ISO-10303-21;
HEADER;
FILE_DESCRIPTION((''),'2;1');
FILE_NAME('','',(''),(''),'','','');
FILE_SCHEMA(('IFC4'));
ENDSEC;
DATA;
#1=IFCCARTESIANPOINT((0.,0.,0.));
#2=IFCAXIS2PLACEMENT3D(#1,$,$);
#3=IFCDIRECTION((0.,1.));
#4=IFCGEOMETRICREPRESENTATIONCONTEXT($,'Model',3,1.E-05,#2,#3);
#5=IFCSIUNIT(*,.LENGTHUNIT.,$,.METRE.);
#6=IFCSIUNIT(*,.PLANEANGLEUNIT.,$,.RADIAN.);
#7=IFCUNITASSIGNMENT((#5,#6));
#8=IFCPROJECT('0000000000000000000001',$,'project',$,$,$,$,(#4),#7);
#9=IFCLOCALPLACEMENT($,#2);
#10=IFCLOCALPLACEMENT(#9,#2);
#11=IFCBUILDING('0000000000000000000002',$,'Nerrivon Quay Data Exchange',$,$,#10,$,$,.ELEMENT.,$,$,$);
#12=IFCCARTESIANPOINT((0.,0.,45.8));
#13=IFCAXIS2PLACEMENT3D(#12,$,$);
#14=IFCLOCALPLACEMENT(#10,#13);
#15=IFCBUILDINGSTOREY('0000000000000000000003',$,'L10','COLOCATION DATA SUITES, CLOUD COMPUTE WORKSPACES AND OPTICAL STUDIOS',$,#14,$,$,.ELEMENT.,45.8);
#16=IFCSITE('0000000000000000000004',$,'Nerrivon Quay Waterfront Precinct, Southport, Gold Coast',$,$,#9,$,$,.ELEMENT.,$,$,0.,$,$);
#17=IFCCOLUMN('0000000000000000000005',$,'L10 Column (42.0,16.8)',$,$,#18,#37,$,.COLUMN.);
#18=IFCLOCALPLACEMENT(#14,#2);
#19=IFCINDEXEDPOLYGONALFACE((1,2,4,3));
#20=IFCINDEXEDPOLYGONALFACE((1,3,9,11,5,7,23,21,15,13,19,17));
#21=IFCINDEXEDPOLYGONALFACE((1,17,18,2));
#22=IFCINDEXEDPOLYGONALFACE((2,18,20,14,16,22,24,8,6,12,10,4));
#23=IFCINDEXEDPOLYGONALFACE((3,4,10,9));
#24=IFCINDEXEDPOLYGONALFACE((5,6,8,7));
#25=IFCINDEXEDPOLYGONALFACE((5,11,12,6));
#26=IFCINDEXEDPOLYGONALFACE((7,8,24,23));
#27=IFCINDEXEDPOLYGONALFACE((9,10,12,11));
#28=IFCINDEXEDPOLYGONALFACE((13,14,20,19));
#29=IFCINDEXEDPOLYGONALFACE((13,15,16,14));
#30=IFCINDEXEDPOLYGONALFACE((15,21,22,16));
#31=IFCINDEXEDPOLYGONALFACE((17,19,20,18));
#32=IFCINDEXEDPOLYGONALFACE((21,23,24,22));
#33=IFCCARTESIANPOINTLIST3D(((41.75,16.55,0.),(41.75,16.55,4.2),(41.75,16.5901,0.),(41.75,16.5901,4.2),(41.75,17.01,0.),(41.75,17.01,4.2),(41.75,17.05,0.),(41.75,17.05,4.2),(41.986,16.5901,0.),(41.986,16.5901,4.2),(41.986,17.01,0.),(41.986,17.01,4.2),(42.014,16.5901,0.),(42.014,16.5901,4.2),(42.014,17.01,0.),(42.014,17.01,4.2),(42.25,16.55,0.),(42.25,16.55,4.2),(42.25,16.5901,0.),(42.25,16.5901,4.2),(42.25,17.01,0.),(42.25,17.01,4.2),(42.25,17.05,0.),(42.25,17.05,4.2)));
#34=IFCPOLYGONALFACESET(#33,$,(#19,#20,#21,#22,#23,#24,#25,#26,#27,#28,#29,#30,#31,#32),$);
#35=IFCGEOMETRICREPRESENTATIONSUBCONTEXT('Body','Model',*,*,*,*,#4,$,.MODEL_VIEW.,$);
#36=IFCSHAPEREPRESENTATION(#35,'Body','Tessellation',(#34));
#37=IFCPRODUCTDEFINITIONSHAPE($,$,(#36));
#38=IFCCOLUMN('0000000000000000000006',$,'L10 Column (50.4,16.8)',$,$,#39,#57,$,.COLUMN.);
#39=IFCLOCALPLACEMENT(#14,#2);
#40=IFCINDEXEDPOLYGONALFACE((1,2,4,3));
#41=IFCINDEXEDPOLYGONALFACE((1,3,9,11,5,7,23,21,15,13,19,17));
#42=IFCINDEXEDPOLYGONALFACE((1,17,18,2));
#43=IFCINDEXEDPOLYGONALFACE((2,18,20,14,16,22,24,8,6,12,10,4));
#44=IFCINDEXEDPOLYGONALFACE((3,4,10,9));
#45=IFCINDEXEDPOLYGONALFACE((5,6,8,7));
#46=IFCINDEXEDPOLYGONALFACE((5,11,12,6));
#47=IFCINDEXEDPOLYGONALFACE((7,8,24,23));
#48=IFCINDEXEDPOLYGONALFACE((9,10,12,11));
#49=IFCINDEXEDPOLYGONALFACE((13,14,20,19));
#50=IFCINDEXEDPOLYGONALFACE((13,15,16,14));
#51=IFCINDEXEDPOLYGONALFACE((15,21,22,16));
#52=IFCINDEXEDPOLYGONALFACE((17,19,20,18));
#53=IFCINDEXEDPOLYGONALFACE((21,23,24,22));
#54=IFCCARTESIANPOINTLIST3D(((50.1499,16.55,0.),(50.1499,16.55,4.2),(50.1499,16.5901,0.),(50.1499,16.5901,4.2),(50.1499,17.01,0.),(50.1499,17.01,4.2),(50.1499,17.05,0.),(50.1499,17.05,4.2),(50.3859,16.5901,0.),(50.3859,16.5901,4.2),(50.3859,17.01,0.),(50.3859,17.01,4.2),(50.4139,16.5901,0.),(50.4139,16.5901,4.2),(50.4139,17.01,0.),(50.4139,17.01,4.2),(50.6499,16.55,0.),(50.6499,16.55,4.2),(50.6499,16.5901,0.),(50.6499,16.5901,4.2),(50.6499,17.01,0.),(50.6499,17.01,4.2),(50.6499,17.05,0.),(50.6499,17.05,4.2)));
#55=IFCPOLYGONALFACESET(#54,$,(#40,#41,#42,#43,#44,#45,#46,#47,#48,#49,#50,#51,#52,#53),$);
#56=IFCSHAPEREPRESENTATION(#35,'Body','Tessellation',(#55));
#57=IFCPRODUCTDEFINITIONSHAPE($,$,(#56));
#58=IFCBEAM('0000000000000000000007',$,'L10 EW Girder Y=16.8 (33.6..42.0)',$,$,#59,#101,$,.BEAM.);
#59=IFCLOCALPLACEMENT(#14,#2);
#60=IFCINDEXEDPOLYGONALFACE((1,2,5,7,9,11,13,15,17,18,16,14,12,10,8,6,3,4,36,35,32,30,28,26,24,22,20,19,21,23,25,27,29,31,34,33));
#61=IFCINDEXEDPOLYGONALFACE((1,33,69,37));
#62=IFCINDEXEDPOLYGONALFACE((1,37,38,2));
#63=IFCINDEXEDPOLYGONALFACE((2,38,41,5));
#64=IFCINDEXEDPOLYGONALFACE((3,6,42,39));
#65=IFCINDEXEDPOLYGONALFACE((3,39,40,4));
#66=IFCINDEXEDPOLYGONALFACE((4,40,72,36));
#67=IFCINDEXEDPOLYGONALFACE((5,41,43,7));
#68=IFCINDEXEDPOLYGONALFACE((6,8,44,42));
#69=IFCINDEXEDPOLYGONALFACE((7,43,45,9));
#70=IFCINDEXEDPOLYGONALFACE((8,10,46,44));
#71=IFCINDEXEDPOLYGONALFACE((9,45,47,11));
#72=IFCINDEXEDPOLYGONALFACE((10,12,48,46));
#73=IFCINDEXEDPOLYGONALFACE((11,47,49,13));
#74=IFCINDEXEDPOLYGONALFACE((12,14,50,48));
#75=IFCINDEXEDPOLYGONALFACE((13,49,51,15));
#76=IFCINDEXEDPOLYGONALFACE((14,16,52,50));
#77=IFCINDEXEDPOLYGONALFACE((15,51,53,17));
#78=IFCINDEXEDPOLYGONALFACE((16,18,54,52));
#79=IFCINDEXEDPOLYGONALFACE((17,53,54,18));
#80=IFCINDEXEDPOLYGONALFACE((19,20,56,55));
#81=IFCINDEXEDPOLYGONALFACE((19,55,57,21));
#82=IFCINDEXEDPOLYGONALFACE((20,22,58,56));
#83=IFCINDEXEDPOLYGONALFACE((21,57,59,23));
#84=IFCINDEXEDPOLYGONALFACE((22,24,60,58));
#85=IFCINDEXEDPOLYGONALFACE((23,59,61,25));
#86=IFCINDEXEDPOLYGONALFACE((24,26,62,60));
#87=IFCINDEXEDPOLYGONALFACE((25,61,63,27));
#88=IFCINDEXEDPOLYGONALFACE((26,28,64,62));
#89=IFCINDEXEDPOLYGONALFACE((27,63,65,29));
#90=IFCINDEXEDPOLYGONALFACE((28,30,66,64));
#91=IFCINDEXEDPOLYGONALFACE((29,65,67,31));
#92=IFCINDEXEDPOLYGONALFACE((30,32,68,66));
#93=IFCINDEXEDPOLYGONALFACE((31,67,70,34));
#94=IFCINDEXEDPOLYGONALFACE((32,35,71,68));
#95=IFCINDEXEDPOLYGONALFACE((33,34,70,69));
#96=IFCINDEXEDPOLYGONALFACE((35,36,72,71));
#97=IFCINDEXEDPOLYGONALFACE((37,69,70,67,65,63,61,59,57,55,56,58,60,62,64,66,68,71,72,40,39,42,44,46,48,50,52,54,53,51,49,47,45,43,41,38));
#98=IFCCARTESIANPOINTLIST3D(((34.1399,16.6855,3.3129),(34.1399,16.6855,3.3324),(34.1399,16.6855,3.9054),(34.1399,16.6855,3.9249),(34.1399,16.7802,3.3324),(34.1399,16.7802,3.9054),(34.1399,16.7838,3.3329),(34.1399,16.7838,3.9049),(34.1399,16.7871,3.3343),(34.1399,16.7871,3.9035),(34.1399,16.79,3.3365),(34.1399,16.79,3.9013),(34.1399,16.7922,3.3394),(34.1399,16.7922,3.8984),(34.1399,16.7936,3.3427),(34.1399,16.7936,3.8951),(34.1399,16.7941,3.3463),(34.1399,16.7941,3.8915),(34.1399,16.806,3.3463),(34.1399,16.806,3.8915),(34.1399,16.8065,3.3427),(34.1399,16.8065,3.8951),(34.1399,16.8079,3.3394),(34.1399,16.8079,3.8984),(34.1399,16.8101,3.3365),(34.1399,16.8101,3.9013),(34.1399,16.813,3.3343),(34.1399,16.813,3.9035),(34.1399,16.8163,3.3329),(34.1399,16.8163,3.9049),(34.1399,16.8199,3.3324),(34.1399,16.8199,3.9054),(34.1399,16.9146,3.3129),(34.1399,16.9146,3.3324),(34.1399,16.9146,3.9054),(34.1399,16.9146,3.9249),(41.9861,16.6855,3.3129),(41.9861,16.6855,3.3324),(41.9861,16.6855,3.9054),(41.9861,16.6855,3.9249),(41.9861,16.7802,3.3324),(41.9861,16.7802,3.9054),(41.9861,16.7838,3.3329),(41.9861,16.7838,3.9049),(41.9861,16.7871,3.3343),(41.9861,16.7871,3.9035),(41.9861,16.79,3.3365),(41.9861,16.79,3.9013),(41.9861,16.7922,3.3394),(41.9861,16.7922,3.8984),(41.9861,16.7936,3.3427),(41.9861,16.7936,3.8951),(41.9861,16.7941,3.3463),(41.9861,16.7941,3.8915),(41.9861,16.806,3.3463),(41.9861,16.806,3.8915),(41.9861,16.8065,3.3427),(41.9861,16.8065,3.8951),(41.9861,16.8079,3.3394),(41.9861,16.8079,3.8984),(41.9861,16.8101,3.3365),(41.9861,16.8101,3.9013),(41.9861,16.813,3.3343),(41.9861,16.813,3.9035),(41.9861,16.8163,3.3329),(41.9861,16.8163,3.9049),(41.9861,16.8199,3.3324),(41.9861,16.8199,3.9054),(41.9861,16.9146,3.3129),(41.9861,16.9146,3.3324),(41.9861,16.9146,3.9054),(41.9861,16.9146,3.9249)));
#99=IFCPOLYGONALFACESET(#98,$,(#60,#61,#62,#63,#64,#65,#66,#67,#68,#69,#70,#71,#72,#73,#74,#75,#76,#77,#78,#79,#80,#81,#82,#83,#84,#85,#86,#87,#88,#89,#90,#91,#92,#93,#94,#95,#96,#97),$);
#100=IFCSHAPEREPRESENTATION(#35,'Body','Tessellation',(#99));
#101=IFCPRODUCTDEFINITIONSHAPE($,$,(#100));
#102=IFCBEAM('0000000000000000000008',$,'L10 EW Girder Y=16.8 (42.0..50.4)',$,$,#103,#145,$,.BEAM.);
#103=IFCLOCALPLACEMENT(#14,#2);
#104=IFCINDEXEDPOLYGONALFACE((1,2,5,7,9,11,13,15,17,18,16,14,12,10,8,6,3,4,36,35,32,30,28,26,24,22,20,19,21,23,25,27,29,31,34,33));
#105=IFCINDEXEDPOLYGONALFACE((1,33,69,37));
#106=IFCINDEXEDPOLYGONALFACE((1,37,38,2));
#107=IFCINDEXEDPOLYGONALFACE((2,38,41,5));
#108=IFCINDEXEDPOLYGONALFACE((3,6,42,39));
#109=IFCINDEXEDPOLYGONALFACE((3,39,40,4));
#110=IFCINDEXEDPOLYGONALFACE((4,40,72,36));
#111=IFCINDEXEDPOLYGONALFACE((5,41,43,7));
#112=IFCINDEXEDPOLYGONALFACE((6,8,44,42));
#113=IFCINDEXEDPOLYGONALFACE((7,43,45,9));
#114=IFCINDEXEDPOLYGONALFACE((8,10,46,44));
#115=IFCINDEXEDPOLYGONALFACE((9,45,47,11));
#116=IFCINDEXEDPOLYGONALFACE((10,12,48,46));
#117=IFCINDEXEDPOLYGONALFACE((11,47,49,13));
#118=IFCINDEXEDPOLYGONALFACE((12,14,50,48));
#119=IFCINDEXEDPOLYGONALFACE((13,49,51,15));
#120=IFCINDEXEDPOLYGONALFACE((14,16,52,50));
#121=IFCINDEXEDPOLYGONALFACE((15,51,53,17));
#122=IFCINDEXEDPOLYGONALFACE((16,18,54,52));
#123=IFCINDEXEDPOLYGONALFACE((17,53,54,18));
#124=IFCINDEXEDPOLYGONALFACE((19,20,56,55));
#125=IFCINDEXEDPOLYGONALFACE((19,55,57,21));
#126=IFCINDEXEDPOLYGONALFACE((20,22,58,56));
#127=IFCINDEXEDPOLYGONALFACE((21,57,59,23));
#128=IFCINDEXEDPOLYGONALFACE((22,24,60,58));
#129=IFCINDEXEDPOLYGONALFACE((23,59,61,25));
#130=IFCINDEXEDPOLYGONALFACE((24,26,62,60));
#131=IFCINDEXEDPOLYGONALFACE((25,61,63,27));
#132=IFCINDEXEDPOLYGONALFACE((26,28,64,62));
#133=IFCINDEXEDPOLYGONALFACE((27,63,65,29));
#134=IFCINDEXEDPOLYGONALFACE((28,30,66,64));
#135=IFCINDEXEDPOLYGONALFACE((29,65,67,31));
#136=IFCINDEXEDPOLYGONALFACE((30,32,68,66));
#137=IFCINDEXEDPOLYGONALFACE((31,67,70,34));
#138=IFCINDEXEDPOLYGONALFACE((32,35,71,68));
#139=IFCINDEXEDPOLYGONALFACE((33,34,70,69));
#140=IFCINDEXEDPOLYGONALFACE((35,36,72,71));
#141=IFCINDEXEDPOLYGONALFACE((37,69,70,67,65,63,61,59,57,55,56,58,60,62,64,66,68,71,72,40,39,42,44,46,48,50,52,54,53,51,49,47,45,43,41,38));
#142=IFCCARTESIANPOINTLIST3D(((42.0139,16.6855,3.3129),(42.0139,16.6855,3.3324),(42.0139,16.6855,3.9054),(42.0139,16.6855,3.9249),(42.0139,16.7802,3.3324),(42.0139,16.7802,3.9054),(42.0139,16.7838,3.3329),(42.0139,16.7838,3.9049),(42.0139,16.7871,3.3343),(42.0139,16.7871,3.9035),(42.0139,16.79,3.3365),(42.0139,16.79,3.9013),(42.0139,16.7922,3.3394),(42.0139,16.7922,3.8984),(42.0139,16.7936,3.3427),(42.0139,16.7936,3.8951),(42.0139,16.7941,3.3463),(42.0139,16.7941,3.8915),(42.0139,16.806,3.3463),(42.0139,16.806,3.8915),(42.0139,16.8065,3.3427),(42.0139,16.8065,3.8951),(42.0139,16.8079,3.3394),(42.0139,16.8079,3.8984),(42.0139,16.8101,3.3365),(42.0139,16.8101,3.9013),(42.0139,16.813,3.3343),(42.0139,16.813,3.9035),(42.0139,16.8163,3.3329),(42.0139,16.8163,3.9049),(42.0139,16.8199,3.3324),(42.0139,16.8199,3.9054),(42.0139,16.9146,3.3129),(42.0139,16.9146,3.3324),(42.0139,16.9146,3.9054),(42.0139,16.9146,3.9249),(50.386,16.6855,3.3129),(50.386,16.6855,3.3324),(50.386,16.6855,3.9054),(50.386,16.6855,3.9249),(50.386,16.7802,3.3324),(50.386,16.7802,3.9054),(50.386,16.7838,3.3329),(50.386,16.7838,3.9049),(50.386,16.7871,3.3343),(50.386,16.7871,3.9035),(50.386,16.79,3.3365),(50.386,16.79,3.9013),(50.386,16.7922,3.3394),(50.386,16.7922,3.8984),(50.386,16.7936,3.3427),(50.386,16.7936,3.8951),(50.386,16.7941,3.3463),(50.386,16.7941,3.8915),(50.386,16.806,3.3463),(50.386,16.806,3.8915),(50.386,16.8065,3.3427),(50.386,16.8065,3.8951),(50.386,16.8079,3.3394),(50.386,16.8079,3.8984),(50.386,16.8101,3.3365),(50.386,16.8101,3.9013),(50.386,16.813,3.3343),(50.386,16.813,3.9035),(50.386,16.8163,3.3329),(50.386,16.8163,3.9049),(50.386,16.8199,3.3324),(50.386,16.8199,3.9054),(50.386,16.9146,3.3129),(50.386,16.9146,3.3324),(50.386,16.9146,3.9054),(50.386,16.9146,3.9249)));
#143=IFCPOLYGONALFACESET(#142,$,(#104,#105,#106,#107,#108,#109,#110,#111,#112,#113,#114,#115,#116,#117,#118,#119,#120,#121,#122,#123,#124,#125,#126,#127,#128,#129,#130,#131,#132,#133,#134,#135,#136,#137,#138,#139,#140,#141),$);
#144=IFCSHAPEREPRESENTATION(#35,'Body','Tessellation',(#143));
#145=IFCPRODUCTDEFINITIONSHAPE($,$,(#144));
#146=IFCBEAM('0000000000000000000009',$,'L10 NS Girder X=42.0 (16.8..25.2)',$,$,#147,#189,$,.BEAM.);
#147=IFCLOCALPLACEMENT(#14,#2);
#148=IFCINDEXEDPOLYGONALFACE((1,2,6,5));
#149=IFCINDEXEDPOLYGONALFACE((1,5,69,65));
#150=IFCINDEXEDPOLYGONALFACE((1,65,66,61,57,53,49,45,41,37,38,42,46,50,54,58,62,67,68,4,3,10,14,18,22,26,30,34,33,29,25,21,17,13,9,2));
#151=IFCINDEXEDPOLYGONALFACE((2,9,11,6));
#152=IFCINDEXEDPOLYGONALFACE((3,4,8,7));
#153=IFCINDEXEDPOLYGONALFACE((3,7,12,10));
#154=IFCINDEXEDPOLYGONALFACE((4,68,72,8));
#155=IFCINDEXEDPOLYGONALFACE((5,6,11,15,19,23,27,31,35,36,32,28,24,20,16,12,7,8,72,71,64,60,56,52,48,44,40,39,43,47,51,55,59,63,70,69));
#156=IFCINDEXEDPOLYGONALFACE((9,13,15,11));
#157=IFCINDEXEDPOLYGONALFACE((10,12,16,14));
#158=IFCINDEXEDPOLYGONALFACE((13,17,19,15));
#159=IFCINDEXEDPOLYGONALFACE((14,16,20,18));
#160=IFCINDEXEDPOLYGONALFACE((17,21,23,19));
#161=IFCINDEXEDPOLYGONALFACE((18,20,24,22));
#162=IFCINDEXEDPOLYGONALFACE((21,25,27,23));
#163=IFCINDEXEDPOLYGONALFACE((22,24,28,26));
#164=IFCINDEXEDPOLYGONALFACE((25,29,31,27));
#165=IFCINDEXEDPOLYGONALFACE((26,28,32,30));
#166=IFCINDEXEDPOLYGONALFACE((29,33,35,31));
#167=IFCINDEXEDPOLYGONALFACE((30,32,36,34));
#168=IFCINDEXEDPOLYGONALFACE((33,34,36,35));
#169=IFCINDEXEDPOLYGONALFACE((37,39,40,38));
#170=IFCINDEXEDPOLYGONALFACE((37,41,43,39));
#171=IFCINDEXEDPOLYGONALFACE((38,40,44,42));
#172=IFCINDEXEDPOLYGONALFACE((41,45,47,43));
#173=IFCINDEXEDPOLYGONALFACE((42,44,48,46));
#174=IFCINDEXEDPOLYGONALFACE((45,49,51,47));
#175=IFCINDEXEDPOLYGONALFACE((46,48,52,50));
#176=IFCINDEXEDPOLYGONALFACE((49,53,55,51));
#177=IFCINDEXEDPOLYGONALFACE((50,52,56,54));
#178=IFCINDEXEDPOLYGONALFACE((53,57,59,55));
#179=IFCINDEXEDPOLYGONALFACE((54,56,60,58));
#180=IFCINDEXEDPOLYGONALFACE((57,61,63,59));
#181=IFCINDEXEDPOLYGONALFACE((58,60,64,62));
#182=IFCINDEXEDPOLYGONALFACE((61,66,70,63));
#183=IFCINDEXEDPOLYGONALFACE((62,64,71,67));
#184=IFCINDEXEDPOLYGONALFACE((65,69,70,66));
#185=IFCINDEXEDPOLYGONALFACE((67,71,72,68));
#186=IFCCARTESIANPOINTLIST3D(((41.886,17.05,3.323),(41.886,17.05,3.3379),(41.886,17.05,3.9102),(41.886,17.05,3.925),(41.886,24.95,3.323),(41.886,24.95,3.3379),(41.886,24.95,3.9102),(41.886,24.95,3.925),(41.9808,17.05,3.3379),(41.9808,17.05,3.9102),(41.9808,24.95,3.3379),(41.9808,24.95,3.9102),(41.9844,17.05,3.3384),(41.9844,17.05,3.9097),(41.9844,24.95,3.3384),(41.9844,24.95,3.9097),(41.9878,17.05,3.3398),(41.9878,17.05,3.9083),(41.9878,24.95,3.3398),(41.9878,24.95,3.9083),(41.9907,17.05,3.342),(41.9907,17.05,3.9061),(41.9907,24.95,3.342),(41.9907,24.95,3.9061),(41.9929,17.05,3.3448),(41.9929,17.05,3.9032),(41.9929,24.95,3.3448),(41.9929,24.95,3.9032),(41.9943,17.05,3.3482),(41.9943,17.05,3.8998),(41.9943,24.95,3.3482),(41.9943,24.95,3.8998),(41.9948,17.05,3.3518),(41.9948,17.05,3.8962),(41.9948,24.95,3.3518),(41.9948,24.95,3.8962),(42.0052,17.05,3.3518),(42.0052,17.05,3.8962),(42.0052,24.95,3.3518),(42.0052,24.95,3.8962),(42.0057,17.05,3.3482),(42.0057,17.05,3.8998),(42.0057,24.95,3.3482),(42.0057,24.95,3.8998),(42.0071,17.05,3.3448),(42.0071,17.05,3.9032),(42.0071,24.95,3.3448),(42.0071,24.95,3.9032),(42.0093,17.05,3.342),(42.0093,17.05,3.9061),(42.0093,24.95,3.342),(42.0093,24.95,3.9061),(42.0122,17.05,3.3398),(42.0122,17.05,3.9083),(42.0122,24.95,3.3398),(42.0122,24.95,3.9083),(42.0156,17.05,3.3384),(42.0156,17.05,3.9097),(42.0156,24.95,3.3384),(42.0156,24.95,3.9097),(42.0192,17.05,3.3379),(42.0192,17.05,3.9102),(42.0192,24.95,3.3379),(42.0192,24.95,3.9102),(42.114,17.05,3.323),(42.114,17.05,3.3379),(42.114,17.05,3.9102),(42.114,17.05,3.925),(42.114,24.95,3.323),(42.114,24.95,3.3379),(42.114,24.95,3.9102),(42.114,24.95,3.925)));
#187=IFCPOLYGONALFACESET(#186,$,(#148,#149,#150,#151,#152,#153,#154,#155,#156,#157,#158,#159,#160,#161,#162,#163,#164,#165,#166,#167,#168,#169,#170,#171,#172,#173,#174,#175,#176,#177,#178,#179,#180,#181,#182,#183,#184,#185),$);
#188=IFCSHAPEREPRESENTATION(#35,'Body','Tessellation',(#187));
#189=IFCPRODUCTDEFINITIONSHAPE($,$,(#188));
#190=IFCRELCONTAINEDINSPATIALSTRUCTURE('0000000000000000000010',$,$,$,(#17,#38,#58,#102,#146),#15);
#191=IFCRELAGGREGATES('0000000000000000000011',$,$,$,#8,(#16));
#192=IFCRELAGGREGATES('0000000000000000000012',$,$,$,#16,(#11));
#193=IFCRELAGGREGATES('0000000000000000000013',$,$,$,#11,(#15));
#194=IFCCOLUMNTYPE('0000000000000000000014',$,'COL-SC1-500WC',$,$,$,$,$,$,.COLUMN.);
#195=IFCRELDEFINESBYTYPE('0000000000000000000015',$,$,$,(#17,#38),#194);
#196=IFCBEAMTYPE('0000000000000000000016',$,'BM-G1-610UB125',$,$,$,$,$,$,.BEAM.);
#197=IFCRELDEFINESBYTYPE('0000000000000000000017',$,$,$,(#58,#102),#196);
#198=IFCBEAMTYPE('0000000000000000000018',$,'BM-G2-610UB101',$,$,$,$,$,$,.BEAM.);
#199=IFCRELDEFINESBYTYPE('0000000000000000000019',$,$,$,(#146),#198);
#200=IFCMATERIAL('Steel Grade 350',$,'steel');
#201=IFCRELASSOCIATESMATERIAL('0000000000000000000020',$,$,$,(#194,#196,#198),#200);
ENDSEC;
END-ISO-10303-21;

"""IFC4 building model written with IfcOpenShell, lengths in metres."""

from ifc_helpers import new_model, si_unit, direction, frame, origin, origin_2d, place, context, subcontext, project, spatial, i_section, extrude, material, material_profile, profile_set, type_object, element, save


model = new_model("IFC4")

# Units and contexts
model_context = context("Model", 3, precision=1e-05, world=origin(), true_north=direction((0.0, 1.0)))
body_context = subcontext(model_context, "Body", "Model", "MODEL_VIEW")
ifc_project = project(units=[si_unit("LENGTHUNIT", "METRE"), si_unit("PLANEANGLEUNIT", "RADIAN")], contexts=[model_context])

# Site, building, storey
site_placement = place(None, origin())
site = spatial("IfcSite", under=ifc_project, at=site_placement, Name="Nerrivon Quay Waterfront Precinct, Southport, Gold Coast", CompositionType="ELEMENT", RefElevation=0.0)
building_placement = place(site_placement, origin())
building = spatial("IfcBuilding", under=site, at=building_placement, Name="Nerrivon Quay Data Exchange", CompositionType="ELEMENT")
storey_placement = place(building_placement, frame((0.0, 0.0, 45.8)))
storey = spatial("IfcBuildingStorey", under=building, at=storey_placement, Name="L10", Description="COLOCATION DATA SUITES, CLOUD COMPUTE WORKSPACES AND OPTICAL STUDIOS", CompositionType="ELEMENT", Elevation=45.8)

# Columns
ifc_material_1 = material(Name="Steel Grade 350", Category="steel")
ifc_material_profile_1 = material_profile(ifc_material_1, i_section(OverallWidth=0.5, OverallDepth=0.5, WebThickness=0.0281, FlangeThickness=0.04, at=origin_2d()), Name="500WC440")
ifc_profile_set_1 = profile_set([ifc_material_profile_1], Name="Steel Grade 350")
column_type = type_object("IfcColumnType", Name="COL-SC1-500WC", PredefinedType="COLUMN", material=ifc_profile_set_1)
for number, where, z_axis, x_axis, name in (
    (1, (42.0, 16.8, 0.0), (0.0, 0.0, 1.0), (1.0, 0.0, 0.0), "L10 Column (42.0,16.8)"),
    (2, (50.3999, 16.8, 0.0), (0.0, 0.0, 1.0), (1.0, 0.0, 0.0), "L10 Column (50.4,16.8)"),
):
    element("IfcColumn", number, at=place(storey_placement, frame(where, z_axis=z_axis, x_axis=x_axis)), inside=storey, type_object=column_type, Name=name, PredefinedType="COLUMN", context=body_context, shape_type="SweptSolid", body=[
        extrude(i_section(OverallWidth=0.5, OverallDepth=0.5, WebThickness=0.0281, FlangeThickness=0.04, at=origin_2d()), origin(), (0.0, 0.0, 1.0), 4.2),
    ])

# Beams
ifc_material_profile_2 = material_profile(ifc_material_1, i_section(OverallWidth=0.229, OverallDepth=0.6121, WebThickness=0.012, FlangeThickness=0.0195, FilletRadius=0.0139, at=origin_2d()), Name="610UB125")
ifc_profile_set_2 = profile_set([ifc_material_profile_2], Name="Steel Grade 350")
beam_type_1 = type_object("IfcBeamType", Name="BM-G1-610UB125", PredefinedType="BEAM", material=ifc_profile_set_2)
beam_1_placement = place(storey_placement, frame((34.1399, 16.8, 3.6189), z_axis=(1.0, 0.0, 0.0), x_axis=(0.0, 1.0, 0.0)))
element("IfcBeam", 3, at=beam_1_placement, inside=storey, type_object=beam_type_1, Name="L10 EW Girder Y=16.8 (33.6..42.0)", PredefinedType="BEAM", context=body_context, shape_type="SweptSolid", body=[
    extrude(i_section(OverallWidth=0.229, OverallDepth=0.6121, WebThickness=0.012, FlangeThickness=0.0195, FilletRadius=0.0139, at=origin_2d()), origin(), (0.0, 0.0, 1.0), 7.8462),
])
beam_2_placement = place(storey_placement, frame((42.0139, 16.8, 3.6189), z_axis=(1.0, 0.0, 0.0), x_axis=(0.0, 1.0, 0.0)))
element("IfcBeam", 4, at=beam_2_placement, inside=storey, type_object=beam_type_1, Name="L10 EW Girder Y=16.8 (42.0..50.4)", PredefinedType="BEAM", context=body_context, shape_type="SweptSolid", body=[
    extrude(i_section(OverallWidth=0.229, OverallDepth=0.6121, WebThickness=0.012, FlangeThickness=0.0195, FilletRadius=0.0139, at=origin_2d()), origin(), (0.0, 0.0, 1.0), 8.3721),
])
ifc_material_profile_3 = material_profile(ifc_material_1, i_section(OverallWidth=0.228, OverallDepth=0.6021, WebThickness=0.0105, FlangeThickness=0.0149, FilletRadius=0.0139, at=origin_2d()), Name="610UB101")
ifc_profile_set_3 = profile_set([ifc_material_profile_3], Name="Steel Grade 350")
beam_type_2 = type_object("IfcBeamType", Name="BM-G2-610UB101", PredefinedType="BEAM", material=ifc_profile_set_3)
beam_3_placement = place(storey_placement, frame((42.0, 17.05, 3.624), z_axis=(0.0, 1.0, 0.0), x_axis=(-1.0, 0.0, 0.0)))
element("IfcBeam", 5, at=beam_3_placement, inside=storey, type_object=beam_type_2, Name="L10 NS Girder X=42.0 (16.8..25.2)", PredefinedType="BEAM", context=body_context, shape_type="SweptSolid", body=[
    extrude(i_section(OverallWidth=0.228, OverallDepth=0.6021, WebThickness=0.0105, FlangeThickness=0.0149, FilletRadius=0.0139, at=origin_2d()), origin(), (0.0, 0.0, 1.0), 7.8999),
])

save(model, "model.ifc")
